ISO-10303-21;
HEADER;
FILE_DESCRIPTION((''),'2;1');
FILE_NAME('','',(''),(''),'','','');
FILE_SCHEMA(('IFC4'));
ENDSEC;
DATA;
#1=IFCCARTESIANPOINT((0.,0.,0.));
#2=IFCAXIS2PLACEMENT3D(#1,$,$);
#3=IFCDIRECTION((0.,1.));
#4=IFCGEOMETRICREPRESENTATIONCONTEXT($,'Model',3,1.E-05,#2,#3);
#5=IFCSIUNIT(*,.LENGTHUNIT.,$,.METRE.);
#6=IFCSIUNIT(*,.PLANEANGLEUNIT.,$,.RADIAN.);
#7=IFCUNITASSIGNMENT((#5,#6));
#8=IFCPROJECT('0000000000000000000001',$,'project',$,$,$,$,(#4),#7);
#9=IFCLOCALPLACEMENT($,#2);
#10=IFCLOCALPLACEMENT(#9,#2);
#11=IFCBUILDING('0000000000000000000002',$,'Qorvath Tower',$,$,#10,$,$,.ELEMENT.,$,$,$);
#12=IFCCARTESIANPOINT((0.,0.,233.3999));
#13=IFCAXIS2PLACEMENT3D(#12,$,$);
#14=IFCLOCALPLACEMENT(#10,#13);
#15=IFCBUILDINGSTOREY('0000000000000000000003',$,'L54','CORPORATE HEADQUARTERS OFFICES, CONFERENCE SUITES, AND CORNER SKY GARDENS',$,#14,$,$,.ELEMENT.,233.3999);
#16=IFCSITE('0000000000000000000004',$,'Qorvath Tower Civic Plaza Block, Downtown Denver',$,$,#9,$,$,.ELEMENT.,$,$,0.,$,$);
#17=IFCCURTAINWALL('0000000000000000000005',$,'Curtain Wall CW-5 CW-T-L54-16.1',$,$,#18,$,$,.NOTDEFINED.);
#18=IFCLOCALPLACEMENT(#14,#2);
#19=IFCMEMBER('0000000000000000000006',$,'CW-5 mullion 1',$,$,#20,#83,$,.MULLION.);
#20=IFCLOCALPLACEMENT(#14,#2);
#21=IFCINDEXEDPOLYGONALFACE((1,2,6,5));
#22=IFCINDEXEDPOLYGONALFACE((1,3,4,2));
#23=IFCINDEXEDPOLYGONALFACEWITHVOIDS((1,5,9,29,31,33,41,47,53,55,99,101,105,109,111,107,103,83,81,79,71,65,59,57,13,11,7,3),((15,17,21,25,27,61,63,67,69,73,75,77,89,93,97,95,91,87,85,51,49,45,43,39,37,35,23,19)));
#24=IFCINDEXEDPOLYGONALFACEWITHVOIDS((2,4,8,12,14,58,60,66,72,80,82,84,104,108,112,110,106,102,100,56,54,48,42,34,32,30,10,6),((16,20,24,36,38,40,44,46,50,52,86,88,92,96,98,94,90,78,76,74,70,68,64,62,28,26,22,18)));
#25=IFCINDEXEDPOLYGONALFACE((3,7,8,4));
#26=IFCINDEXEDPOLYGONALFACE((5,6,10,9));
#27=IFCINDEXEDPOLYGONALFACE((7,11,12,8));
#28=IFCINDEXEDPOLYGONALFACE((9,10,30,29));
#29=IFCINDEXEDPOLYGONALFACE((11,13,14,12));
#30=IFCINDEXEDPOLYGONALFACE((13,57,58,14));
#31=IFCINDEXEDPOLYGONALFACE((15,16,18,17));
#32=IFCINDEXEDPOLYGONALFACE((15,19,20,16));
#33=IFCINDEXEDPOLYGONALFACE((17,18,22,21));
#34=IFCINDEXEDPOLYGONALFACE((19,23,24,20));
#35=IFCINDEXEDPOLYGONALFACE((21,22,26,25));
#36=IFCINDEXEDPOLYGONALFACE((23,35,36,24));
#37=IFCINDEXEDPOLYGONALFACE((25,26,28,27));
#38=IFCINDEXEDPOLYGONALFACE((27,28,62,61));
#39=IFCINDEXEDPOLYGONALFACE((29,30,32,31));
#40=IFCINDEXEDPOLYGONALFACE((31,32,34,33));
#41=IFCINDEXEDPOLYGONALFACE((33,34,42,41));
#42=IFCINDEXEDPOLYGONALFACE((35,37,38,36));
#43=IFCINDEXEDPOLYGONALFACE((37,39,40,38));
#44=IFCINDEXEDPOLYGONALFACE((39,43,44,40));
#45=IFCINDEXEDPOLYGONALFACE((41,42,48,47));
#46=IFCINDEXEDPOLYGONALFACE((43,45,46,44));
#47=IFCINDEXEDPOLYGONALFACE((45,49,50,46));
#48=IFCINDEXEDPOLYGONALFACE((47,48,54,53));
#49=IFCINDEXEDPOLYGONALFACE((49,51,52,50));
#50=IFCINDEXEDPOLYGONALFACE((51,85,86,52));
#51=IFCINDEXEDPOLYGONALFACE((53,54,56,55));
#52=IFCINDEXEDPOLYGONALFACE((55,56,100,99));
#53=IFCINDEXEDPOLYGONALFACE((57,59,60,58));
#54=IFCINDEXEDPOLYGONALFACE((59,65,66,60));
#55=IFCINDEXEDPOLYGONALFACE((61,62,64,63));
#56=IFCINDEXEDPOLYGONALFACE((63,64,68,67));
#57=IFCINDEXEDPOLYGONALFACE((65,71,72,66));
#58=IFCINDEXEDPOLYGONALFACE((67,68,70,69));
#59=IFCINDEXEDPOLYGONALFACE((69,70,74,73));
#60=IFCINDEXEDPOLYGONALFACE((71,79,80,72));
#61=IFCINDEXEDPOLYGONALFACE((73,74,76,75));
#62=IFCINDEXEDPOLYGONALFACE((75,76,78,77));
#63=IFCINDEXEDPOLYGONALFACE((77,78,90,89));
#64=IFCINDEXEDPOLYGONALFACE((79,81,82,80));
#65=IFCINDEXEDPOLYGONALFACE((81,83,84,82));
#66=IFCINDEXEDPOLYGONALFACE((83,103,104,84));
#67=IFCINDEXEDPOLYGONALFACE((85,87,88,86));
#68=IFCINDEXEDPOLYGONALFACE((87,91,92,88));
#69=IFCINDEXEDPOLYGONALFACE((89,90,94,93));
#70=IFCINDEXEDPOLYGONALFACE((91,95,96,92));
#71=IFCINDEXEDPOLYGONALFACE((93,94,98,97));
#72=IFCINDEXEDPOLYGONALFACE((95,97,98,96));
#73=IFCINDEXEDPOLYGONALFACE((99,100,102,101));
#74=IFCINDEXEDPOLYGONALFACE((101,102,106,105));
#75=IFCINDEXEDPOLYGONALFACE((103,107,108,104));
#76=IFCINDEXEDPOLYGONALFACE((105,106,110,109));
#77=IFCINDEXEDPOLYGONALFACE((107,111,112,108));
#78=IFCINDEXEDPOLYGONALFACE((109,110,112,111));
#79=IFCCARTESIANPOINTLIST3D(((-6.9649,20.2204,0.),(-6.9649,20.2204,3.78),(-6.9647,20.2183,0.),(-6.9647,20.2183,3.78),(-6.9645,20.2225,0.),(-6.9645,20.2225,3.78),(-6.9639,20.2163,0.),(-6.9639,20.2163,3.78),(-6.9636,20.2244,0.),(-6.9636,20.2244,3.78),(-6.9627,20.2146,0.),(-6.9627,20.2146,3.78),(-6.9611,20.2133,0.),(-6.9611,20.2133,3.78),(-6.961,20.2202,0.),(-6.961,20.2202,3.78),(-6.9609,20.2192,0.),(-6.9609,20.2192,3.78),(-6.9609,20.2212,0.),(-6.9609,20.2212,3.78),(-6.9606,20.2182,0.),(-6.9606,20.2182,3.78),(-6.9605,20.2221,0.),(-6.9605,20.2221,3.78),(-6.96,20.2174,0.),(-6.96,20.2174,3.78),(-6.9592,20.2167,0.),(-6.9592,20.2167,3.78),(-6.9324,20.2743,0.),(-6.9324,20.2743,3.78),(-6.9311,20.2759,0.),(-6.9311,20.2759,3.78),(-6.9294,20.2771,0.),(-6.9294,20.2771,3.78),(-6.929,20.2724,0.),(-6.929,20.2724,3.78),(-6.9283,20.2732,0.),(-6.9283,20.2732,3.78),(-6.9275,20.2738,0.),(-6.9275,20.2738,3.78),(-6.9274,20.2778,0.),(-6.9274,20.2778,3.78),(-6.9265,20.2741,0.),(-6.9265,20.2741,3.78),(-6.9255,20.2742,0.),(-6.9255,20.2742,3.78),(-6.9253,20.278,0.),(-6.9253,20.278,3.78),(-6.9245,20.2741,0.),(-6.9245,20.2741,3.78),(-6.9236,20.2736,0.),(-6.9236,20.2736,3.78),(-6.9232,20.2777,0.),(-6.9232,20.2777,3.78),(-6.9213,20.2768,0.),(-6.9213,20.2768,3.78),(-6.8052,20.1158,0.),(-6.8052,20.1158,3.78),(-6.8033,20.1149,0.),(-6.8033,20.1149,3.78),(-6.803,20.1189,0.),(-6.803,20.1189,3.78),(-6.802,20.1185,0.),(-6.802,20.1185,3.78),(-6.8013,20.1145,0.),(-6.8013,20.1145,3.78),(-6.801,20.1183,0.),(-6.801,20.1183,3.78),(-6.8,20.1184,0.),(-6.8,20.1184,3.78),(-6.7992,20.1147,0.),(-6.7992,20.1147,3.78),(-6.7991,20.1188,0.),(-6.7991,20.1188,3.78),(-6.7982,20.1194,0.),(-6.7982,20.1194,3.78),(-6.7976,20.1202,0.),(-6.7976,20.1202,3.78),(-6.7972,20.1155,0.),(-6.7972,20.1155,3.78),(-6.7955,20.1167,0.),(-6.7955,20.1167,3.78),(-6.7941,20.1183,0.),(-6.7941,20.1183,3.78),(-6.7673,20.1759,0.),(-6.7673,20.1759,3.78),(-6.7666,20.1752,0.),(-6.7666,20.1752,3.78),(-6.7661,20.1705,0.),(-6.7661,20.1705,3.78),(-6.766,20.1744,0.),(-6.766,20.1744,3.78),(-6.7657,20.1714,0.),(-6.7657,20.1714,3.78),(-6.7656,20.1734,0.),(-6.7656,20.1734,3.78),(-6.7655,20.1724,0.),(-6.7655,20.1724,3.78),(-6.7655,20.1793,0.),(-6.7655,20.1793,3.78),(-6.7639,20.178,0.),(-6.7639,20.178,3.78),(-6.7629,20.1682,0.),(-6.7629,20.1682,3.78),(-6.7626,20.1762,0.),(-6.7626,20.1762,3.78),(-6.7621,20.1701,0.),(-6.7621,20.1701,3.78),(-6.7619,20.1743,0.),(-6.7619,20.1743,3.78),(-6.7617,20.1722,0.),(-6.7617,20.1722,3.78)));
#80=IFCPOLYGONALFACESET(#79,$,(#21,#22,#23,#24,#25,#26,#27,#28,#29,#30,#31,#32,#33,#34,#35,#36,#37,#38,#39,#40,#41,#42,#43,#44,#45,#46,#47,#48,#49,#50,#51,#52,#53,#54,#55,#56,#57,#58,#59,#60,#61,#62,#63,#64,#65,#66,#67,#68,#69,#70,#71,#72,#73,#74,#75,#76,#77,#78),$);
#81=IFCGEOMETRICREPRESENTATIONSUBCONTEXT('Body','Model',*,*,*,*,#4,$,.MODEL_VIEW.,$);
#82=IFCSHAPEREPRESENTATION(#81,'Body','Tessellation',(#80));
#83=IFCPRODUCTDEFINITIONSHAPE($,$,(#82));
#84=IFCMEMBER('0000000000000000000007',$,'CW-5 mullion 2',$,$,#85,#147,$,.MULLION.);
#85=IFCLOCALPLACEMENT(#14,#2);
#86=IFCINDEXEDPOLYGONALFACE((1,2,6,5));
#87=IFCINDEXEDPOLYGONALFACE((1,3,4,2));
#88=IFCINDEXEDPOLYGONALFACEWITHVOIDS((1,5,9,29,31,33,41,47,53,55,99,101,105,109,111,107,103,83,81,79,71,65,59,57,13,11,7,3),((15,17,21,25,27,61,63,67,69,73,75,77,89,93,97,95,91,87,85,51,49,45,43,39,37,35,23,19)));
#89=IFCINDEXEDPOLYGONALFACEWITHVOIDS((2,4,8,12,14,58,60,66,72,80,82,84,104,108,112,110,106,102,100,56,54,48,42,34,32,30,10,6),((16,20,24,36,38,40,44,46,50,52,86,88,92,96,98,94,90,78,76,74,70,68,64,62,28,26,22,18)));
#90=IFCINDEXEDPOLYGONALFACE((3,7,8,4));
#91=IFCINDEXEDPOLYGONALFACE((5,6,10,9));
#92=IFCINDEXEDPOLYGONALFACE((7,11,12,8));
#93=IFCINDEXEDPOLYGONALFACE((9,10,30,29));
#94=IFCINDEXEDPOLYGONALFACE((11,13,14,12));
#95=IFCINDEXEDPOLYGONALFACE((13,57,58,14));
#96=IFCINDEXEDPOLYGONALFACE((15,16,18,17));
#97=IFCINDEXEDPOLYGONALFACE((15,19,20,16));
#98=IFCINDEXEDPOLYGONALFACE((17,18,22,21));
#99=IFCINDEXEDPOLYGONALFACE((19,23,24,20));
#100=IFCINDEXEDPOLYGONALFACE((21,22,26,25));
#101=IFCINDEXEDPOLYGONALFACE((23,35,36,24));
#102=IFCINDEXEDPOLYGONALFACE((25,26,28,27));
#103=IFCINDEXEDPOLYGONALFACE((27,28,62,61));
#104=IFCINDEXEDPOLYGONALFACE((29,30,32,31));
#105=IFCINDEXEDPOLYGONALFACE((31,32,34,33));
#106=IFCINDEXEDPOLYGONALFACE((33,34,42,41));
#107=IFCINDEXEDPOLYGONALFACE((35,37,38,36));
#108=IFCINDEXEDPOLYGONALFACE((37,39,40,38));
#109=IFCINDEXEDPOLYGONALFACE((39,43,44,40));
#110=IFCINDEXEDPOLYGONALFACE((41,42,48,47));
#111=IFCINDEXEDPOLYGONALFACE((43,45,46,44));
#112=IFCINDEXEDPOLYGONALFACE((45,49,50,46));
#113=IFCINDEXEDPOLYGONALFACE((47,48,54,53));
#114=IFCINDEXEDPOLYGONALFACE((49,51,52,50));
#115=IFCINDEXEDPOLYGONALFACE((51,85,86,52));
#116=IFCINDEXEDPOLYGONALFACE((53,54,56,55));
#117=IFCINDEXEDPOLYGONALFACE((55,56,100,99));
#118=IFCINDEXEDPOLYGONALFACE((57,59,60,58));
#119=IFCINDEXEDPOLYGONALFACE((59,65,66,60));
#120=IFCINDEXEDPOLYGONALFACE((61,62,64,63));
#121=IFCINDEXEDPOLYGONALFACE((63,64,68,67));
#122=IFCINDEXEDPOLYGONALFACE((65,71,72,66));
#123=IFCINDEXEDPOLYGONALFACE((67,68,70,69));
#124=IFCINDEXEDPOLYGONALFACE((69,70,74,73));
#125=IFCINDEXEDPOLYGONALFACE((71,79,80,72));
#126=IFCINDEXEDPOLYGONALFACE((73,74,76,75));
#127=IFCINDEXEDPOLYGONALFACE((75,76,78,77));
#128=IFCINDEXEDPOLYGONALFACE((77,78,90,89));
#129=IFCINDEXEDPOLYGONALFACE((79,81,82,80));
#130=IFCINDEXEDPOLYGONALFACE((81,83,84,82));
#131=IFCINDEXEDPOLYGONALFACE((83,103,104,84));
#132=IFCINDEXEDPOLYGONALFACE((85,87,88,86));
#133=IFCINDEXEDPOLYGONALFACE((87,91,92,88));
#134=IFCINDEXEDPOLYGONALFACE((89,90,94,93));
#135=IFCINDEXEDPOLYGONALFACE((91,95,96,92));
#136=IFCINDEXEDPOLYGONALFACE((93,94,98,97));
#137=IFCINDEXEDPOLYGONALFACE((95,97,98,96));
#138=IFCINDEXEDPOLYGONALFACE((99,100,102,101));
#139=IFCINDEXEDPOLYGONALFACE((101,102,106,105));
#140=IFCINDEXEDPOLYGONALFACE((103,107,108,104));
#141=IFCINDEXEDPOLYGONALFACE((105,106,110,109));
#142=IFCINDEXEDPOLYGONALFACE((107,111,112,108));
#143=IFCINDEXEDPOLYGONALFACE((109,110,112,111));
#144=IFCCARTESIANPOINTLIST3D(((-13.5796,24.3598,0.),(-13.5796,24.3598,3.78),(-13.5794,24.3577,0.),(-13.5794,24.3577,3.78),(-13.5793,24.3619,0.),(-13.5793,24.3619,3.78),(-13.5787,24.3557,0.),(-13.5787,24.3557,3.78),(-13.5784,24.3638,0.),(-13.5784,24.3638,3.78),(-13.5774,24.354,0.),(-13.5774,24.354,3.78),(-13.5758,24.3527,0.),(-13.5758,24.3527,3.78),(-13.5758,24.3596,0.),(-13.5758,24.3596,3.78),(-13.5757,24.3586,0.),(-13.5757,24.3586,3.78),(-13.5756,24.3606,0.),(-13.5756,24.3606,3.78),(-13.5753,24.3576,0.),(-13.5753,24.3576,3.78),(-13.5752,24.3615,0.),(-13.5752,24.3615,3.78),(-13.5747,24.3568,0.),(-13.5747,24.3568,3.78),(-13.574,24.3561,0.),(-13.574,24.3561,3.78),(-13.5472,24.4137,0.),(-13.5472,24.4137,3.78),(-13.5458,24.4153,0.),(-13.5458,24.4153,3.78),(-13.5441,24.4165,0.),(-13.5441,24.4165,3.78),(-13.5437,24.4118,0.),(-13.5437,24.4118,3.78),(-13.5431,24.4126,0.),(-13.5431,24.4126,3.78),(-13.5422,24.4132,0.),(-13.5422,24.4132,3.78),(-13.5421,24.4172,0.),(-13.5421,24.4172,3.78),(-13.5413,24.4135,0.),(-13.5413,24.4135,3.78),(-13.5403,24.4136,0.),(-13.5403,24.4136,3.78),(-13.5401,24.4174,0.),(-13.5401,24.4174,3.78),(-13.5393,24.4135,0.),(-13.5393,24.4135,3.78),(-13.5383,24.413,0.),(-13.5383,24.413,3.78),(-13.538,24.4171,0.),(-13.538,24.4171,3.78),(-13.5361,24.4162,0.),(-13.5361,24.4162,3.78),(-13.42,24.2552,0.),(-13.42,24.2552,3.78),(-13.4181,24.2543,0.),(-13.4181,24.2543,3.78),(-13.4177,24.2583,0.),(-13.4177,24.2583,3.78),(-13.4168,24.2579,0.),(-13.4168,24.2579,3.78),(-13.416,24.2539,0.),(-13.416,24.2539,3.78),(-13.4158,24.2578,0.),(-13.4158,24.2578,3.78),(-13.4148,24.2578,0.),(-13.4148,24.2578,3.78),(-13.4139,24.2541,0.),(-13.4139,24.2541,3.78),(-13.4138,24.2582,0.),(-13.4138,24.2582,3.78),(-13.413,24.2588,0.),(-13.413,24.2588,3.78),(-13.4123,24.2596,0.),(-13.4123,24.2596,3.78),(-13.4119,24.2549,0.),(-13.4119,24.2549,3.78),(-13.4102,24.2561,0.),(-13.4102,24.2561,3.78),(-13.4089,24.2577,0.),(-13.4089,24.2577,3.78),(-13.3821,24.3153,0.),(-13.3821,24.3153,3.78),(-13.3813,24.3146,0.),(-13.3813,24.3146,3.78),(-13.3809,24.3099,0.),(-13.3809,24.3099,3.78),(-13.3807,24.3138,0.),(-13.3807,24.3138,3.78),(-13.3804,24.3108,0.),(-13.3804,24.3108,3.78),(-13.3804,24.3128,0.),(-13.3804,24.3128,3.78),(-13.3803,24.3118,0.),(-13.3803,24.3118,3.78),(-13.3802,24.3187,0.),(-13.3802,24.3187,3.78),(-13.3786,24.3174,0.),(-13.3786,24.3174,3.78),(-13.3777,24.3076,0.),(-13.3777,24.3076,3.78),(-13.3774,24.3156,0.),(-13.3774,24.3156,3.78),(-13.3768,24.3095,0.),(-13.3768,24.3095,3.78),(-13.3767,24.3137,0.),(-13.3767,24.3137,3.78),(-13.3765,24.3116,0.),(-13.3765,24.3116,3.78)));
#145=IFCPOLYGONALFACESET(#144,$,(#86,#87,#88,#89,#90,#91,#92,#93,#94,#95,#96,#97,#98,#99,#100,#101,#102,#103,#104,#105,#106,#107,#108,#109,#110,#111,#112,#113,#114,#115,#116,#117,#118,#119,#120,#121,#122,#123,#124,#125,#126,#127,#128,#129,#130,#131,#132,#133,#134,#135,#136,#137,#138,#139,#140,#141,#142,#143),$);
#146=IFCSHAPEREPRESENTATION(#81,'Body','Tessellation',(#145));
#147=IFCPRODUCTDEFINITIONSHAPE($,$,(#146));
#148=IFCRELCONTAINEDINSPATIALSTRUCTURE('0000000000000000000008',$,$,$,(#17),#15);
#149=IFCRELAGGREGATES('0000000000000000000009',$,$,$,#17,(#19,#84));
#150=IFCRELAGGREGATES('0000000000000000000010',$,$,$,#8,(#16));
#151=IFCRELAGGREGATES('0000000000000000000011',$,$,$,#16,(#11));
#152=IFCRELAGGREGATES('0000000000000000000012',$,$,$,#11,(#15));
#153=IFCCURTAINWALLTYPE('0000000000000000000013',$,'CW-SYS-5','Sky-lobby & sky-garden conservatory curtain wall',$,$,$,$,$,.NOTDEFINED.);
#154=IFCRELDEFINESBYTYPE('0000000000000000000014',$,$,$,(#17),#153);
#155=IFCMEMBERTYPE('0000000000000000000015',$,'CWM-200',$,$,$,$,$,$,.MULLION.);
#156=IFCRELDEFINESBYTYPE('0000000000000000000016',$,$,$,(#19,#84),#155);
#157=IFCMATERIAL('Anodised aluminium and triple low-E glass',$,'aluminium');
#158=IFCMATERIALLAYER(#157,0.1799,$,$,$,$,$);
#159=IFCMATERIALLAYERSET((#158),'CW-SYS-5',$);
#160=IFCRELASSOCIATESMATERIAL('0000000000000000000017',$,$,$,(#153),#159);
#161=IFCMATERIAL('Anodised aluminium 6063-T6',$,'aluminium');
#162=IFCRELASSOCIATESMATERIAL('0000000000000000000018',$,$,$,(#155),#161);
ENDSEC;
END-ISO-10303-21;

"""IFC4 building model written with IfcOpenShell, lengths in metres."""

from ifc_helpers import new_model, si_unit, direction, frame, origin, origin_2d, place, context, subcontext, project, spatial, hollow_rectangle, extrude, material, layer, layer_set, material_profile, profile_set, type_object, element, aggregate, save


model = new_model("IFC4")

# Units and contexts
model_context = context("Model", 3, precision=1e-05, world=origin(), true_north=direction((0.0, 1.0)))
body_context = subcontext(model_context, "Body", "Model", "MODEL_VIEW")
ifc_project = project(units=[si_unit("LENGTHUNIT", "METRE"), si_unit("PLANEANGLEUNIT", "RADIAN")], contexts=[model_context])

# Site, building, storey
site_placement = place(None, origin())
site = spatial("IfcSite", under=ifc_project, at=site_placement, Name="Qorvath Tower Civic Plaza Block, Downtown Denver", CompositionType="ELEMENT", RefElevation=0.0)
building_placement = place(site_placement, origin())
building = spatial("IfcBuilding", under=site, at=building_placement, Name="Qorvath Tower", CompositionType="ELEMENT")
storey_placement = place(building_placement, frame((0.0, 0.0, 233.3999)))
storey = spatial("IfcBuildingStorey", under=building, at=storey_placement, Name="L54", Description="CORPORATE HEADQUARTERS OFFICES, CONFERENCE SUITES, AND CORNER SKY GARDENS", CompositionType="ELEMENT", Elevation=233.3999)

# Shared definitions
ifc_material_1 = material(Name="Anodised aluminium and triple low-E glass", Category="aluminium")
ifc_layer_1 = layer(ifc_material_1, 0.1799)
ifc_layer_set_1 = layer_set([ifc_layer_1], Name="CW-SYS-5")
curtain_wall_type = type_object("IfcCurtainWallType", Name="CW-SYS-5", Description="Sky-lobby & sky-garden conservatory curtain wall", PredefinedType="NOTDEFINED", material=ifc_layer_set_1)
ifc_material_2 = material(Name="Anodised aluminium 6063-T6", Category="aluminium")
ifc_material_profile_1 = material_profile(ifc_material_2, hollow_rectangle(XDim=0.075, YDim=0.2, WallThickness=0.0039, InnerFilletRadius=0.0039, OuterFilletRadius=0.0081, at=origin_2d()), Name="CWM 200x75")
ifc_profile_set_1 = profile_set([ifc_material_profile_1], Name="Anodised aluminium 6063-T6")
member_type_1 = type_object("IfcMemberType", Name="CWM-200", PredefinedType="MULLION", material=ifc_profile_set_1)

# Curtain wall, members
curtain_wall_1_placement = place(storey_placement, origin())
curtain_wall_1 = element("IfcCurtainWall", 1, at=curtain_wall_1_placement, inside=storey, type_object=curtain_wall_type, Name="Curtain Wall CW-5 CW-T-L54-16.1", PredefinedType="NOTDEFINED")
member_1_placement = place(storey_placement, frame((-6.8633, 20.1963, 0.0), z_axis=(0.0, 0.0, 1.0), x_axis=(-0.530497, -0.847687, 0.0)))
member_1 = element("IfcMember", 2, at=member_1_placement, type_object=member_type_1, Name="CW-5 mullion 1", PredefinedType="MULLION", context=body_context, shape_type="SweptSolid", body=[
    extrude(hollow_rectangle(XDim=0.075, YDim=0.2, WallThickness=0.0039, InnerFilletRadius=0.0039, OuterFilletRadius=0.0081, at=origin_2d()), origin(), (0.0, 0.0, 1.0), 3.78),
])
member_2_placement = place(storey_placement, frame((-13.478, 24.3357, 0.0), z_axis=(0.0, 0.0, 1.0), x_axis=(-0.530497, -0.847687, 0.0)))
member_2 = element("IfcMember", 3, at=member_2_placement, type_object=member_type_1, Name="CW-5 mullion 2", PredefinedType="MULLION", context=body_context, shape_type="SweptSolid", body=[
    extrude(hollow_rectangle(XDim=0.075, YDim=0.2, WallThickness=0.0039, InnerFilletRadius=0.0039, OuterFilletRadius=0.0081, at=origin_2d()), origin(), (0.0, 0.0, 1.0), 3.78),
])

aggregate(curtain_wall_1, [member_1, member_2])

save(model, "model.ifc")
